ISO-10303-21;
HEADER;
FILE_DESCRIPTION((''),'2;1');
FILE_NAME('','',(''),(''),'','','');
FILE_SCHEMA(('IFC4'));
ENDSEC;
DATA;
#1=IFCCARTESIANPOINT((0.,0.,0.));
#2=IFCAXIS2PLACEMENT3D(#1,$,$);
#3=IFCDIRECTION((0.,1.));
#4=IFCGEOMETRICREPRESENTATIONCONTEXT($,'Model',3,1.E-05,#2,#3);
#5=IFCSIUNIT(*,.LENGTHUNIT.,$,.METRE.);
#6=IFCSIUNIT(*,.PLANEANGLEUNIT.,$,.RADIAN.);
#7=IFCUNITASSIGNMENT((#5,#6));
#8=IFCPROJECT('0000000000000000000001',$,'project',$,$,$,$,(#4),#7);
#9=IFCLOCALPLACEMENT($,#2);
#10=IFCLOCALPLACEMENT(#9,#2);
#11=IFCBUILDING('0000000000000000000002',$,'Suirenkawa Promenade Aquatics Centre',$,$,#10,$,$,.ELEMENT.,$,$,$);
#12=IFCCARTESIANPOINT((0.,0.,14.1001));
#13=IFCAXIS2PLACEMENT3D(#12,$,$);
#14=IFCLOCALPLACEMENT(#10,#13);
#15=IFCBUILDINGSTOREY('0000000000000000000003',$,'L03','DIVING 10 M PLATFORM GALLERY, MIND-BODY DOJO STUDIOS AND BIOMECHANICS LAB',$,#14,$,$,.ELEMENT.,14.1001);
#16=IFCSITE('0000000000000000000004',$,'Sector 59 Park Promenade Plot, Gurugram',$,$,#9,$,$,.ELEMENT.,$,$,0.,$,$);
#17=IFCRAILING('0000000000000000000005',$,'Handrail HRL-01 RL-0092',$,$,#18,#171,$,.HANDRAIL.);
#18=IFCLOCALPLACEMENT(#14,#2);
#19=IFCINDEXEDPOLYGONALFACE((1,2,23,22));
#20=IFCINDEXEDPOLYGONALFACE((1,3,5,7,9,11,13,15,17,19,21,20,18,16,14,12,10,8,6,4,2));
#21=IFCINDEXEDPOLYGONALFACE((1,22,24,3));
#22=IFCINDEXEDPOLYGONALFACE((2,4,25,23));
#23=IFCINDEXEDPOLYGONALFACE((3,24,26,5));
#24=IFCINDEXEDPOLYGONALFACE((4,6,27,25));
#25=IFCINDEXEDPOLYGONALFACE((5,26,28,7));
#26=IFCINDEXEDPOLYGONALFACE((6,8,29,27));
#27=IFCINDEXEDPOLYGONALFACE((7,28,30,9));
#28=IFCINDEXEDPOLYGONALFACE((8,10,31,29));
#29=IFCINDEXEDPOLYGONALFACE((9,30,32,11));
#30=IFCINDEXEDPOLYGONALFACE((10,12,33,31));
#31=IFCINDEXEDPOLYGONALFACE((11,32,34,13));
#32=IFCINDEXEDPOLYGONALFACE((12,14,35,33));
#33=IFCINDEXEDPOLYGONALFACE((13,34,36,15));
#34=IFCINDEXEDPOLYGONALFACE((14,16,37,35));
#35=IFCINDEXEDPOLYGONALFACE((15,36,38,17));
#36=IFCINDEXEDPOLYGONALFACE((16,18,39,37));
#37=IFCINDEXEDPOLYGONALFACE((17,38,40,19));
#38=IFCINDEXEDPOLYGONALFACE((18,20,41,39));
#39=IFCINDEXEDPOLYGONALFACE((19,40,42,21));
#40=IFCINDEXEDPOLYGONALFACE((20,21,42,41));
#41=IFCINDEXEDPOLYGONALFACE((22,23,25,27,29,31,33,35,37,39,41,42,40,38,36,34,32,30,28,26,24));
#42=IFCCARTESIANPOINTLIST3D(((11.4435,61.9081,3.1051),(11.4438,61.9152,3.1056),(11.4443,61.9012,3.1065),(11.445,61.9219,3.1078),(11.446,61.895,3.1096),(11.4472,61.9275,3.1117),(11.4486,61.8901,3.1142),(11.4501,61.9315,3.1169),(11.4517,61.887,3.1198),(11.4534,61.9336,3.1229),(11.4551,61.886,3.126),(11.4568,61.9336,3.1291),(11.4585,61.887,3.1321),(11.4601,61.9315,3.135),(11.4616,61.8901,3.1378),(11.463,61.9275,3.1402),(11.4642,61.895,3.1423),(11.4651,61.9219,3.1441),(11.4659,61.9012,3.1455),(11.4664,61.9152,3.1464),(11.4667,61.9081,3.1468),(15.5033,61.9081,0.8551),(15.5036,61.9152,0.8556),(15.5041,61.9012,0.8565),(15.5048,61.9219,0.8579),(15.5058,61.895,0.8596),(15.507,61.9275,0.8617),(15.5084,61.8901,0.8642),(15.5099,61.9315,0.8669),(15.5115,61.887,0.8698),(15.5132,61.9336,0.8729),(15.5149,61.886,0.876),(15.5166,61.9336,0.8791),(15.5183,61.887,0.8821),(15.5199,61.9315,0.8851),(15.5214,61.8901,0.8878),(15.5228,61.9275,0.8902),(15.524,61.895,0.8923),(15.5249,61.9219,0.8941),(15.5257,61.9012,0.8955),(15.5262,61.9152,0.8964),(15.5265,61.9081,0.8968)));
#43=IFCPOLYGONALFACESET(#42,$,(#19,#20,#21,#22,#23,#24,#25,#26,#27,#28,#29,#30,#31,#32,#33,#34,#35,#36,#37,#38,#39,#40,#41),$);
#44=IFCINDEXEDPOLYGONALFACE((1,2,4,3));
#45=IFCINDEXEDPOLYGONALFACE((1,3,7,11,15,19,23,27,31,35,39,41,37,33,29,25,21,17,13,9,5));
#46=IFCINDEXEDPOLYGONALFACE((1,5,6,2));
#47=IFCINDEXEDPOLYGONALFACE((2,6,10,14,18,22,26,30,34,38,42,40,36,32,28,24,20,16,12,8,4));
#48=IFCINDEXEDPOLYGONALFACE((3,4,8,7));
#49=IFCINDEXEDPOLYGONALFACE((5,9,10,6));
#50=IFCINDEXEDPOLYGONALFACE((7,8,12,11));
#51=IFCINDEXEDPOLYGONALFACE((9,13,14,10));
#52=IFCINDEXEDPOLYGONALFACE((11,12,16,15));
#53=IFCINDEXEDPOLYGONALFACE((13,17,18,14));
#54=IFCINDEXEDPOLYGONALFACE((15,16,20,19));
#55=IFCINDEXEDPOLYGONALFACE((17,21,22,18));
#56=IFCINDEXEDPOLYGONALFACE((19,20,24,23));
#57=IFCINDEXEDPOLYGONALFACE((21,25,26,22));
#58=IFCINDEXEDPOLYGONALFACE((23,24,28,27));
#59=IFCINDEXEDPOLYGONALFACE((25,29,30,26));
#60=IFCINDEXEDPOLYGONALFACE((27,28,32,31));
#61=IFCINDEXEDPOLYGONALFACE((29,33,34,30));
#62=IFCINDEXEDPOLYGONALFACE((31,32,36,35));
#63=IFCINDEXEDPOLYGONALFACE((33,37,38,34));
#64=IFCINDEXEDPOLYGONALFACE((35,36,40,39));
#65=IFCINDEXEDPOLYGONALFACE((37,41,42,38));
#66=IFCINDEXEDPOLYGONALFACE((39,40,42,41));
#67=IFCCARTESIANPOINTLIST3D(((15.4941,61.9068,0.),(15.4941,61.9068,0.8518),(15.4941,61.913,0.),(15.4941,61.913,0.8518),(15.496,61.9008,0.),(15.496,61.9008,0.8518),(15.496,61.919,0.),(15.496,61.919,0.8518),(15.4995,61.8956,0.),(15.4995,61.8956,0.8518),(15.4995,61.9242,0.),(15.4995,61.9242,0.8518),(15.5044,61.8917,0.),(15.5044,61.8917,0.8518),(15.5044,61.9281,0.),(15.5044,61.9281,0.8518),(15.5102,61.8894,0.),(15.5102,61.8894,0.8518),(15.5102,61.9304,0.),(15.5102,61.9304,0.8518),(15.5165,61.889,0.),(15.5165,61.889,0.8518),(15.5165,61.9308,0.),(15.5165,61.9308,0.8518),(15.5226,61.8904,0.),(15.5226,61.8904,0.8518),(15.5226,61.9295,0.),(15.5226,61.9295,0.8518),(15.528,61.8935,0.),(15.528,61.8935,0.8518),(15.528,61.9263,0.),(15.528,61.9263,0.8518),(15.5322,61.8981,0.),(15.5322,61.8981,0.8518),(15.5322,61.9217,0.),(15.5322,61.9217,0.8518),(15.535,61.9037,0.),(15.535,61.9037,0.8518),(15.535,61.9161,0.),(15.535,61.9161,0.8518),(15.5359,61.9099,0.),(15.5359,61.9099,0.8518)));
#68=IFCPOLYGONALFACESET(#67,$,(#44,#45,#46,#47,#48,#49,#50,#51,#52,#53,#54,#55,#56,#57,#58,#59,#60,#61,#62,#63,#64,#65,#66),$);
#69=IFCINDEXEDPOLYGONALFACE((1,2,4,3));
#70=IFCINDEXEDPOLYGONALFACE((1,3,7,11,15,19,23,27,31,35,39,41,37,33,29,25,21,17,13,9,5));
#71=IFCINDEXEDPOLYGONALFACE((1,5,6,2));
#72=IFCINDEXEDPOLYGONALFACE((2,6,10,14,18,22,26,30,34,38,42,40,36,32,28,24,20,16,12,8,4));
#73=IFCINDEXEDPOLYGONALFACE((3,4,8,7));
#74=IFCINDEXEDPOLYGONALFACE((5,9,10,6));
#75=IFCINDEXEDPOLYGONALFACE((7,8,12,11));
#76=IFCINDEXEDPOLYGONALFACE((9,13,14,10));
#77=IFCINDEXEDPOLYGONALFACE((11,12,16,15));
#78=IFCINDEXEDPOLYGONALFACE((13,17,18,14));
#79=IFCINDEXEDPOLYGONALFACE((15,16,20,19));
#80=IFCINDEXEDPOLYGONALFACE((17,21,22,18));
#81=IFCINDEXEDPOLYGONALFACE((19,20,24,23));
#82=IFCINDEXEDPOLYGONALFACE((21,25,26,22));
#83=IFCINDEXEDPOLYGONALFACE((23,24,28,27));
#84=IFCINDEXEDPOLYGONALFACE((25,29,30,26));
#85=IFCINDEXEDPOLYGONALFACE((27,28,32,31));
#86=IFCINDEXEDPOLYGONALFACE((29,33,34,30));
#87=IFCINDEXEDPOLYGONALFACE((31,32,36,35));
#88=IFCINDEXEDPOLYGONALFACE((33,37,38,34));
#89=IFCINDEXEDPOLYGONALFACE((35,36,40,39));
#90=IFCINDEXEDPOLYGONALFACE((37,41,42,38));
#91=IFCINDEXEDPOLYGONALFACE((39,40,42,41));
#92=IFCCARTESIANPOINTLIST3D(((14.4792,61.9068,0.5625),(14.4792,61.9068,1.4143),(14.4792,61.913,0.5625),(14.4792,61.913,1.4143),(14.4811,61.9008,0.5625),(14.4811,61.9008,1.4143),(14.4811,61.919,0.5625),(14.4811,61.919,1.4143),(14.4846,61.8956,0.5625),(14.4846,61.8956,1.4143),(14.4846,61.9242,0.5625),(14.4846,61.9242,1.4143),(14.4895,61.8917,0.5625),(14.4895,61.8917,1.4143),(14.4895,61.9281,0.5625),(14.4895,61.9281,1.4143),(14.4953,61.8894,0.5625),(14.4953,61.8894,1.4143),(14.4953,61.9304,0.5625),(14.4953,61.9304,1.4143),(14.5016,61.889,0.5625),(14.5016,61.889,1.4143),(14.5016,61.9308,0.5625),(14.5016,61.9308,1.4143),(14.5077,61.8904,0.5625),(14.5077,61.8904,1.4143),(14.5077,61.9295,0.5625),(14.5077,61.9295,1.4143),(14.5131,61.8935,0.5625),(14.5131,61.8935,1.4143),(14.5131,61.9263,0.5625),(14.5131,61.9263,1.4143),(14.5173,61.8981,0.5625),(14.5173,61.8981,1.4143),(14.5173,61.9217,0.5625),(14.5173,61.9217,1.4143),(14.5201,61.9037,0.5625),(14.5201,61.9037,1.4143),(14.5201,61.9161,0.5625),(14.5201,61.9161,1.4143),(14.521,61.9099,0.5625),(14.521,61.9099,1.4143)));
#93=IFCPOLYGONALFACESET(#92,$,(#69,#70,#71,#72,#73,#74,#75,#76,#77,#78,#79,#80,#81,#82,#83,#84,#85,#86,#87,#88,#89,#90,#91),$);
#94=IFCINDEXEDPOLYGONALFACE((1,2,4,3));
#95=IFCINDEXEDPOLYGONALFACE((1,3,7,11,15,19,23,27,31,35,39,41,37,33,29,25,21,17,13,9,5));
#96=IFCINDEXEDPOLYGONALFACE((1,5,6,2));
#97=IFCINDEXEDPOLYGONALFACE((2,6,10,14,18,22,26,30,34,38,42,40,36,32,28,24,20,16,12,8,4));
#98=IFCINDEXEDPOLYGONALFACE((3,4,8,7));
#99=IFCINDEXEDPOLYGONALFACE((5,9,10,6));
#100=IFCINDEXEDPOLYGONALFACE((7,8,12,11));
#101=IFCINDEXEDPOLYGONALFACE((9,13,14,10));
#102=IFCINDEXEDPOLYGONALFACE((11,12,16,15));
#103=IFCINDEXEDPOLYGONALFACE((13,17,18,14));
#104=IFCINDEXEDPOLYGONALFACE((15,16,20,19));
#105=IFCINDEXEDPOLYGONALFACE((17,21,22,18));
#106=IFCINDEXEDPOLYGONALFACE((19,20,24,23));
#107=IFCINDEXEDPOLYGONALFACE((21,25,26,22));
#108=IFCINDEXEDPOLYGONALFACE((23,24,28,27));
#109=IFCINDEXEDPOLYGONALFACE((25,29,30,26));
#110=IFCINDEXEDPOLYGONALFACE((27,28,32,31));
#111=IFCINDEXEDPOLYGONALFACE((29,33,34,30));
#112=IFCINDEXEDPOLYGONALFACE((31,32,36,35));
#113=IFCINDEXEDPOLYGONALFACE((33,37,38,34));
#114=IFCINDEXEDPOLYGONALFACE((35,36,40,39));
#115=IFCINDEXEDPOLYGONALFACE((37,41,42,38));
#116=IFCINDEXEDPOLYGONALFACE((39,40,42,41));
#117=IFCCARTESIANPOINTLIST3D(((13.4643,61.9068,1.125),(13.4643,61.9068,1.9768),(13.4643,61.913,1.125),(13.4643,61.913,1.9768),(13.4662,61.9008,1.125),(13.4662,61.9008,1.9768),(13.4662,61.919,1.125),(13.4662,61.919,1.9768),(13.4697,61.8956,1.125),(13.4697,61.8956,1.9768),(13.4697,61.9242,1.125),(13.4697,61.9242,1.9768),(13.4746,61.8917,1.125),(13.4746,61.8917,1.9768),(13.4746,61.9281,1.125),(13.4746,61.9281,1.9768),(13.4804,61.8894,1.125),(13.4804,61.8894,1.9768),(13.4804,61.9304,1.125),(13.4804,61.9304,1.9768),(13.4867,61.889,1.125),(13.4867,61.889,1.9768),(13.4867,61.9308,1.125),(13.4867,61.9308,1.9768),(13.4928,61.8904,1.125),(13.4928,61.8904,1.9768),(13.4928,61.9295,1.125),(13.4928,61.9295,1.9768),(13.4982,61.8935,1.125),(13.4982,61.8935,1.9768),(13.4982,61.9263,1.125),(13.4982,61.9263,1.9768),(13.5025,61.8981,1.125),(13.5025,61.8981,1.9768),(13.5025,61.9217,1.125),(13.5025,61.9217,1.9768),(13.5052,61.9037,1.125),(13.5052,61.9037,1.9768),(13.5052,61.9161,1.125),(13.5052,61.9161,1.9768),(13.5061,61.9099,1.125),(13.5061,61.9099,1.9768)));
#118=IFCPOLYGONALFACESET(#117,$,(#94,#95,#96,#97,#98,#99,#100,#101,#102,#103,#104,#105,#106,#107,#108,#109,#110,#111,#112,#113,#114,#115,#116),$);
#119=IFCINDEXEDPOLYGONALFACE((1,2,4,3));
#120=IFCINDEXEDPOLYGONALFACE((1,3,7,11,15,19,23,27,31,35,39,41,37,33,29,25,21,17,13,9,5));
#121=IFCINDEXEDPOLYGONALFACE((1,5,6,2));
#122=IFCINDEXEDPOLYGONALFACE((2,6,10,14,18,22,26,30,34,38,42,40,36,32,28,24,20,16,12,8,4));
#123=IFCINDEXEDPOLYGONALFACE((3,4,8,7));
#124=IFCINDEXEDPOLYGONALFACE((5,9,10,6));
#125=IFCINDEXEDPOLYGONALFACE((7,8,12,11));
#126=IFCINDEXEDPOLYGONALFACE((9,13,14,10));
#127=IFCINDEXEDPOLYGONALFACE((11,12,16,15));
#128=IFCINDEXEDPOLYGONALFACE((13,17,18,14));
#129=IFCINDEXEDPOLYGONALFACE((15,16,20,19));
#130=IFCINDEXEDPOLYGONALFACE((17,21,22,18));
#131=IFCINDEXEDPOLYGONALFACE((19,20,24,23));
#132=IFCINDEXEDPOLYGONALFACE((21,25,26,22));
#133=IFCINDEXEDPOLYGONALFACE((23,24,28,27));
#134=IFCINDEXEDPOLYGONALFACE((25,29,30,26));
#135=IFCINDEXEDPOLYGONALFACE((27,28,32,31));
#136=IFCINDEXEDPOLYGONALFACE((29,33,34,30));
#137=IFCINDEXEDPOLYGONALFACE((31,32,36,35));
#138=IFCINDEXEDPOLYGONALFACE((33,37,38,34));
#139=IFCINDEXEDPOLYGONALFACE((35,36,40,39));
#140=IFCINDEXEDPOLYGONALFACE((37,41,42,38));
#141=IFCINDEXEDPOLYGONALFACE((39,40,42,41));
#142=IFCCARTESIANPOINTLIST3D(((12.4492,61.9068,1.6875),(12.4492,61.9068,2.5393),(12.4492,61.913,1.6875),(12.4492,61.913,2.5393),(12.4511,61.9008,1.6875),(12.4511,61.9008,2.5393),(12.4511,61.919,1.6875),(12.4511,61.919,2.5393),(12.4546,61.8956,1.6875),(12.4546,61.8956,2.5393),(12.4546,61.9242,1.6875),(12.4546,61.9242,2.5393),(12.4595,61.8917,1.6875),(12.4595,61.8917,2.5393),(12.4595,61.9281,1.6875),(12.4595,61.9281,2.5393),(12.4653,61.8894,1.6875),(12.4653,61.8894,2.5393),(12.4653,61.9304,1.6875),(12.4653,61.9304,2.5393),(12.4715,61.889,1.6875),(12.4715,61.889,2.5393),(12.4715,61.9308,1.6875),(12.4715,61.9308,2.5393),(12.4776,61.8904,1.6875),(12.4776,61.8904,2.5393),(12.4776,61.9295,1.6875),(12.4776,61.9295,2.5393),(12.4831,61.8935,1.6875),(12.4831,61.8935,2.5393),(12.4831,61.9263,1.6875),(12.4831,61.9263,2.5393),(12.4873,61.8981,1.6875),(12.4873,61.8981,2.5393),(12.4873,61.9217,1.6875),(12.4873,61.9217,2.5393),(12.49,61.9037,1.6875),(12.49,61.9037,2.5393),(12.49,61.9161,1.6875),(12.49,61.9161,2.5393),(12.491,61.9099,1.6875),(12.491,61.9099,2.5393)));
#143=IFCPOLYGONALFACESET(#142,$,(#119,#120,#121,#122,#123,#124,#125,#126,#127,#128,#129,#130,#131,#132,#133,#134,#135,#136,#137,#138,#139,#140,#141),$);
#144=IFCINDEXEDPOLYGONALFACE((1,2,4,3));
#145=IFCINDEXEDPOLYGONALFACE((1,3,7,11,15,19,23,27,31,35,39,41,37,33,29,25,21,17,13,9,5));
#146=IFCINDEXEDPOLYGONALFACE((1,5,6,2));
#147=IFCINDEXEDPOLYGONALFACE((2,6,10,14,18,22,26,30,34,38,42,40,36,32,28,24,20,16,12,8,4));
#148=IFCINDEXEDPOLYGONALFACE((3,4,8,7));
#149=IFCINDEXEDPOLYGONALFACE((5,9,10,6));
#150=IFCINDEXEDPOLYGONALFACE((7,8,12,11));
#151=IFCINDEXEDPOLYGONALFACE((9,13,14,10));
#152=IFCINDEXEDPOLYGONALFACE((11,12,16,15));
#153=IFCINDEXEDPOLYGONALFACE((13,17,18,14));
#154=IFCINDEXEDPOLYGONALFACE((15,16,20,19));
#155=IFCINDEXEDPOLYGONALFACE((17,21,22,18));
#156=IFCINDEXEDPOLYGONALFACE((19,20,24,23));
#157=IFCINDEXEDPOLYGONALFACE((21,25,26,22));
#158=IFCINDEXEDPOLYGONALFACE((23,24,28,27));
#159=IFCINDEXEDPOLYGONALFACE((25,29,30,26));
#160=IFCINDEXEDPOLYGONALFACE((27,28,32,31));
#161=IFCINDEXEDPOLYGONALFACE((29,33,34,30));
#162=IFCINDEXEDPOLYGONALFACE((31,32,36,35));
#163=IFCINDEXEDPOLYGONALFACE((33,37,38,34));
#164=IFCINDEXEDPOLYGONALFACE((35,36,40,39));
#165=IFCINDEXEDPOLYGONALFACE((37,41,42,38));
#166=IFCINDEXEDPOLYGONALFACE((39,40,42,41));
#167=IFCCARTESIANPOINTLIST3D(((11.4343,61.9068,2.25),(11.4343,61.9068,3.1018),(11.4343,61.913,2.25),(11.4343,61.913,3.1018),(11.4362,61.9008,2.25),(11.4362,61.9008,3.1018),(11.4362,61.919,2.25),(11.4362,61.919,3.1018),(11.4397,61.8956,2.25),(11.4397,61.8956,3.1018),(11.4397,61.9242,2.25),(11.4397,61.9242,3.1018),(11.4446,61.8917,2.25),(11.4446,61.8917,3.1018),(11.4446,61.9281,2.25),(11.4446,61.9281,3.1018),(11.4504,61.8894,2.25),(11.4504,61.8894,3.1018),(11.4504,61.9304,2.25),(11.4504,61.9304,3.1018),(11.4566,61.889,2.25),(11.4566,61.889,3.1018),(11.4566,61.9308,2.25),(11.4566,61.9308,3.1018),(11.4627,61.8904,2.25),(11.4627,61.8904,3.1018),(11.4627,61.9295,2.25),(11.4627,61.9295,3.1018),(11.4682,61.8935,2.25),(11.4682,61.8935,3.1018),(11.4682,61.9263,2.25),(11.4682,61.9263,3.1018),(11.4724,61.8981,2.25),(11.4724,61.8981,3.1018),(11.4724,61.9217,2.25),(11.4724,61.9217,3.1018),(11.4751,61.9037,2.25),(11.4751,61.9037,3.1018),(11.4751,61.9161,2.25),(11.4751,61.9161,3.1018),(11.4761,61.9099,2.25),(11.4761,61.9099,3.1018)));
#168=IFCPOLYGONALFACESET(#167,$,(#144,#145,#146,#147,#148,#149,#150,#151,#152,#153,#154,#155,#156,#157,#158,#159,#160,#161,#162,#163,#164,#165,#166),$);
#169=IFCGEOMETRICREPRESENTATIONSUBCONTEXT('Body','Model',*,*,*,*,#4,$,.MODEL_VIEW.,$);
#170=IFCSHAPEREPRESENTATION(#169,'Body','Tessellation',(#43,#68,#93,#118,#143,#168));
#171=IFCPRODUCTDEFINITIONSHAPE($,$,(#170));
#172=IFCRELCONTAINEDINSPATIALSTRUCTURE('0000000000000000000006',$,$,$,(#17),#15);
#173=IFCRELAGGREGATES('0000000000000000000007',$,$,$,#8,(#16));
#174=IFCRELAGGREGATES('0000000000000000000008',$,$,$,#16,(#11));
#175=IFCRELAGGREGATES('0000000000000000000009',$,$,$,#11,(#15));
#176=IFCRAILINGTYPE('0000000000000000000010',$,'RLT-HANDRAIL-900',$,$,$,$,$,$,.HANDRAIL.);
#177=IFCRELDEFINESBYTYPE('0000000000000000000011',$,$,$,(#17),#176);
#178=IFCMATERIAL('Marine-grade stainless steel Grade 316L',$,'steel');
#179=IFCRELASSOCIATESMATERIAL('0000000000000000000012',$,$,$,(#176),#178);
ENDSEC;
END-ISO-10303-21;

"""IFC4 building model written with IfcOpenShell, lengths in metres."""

from ifc_helpers import new_model, si_unit, direction, frame, origin, origin_2d, place, context, subcontext, project, spatial, circle, extrude, material, type_object, element, save


model = new_model("IFC4")

# Units and contexts
model_context = context("Model", 3, precision=1e-05, world=origin(), true_north=direction((0.0, 1.0)))
body_context = subcontext(model_context, "Body", "Model", "MODEL_VIEW")
ifc_project = project(units=[si_unit("LENGTHUNIT", "METRE"), si_unit("PLANEANGLEUNIT", "RADIAN")], contexts=[model_context])

# Site, building, storey
site_placement = place(None, origin())
site = spatial("IfcSite", under=ifc_project, at=site_placement, Name="Sector 59 Park Promenade Plot, Gurugram", CompositionType="ELEMENT", RefElevation=0.0)
building_placement = place(site_placement, origin())
building = spatial("IfcBuilding", under=site, at=building_placement, Name="Suirenkawa Promenade Aquatics Centre", CompositionType="ELEMENT")
storey_placement = place(building_placement, frame((0.0, 0.0, 14.1001)))
storey = spatial("IfcBuildingStorey", under=building, at=storey_placement, Name="L03", Description="DIVING 10 M PLATFORM GALLERY, MIND-BODY DOJO STUDIOS AND BIOMECHANICS LAB", CompositionType="ELEMENT", Elevation=14.1001)

# Shared definitions
ifc_material_1 = material(Name="Marine-grade stainless steel Grade 316L", Category="steel")

# Railing
railing_type_1 = type_object("IfcRailingType", Name="RLT-HANDRAIL-900", PredefinedType="HANDRAIL", material=ifc_material_1)
for number, where, name in (
    (1, (15.5149, 61.9099, 0.0), "Handrail HRL-01 RL-0092"),
):
    element("IfcRailing", number, at=place(storey_placement, frame(where)), inside=storey, type_object=railing_type_1, Name=name, PredefinedType="HANDRAIL", context=body_context, shape_type="SweptSolid", body=[
        extrude(circle(Radius=0.0239, at=origin_2d()), frame((0.0, 0.0, 0.876), z_axis=(-0.874656, 0.0, 0.484745), x_axis=(0.0, -1.0, 0.0)), (0.0, 0.0, 1.0), 4.6416),
        extrude(circle(Radius=0.021, at=origin_2d()), origin(), (0.0, 0.0, 1.0), 0.8518),
        extrude(circle(Radius=0.021, at=origin_2d()), frame((-1.0149, 0.0, 0.5625)), (0.0, 0.0, 1.0), 0.8518),
        extrude(circle(Radius=0.021, at=origin_2d()), frame((-2.0298, 0.0, 1.125)), (0.0, 0.0, 1.0), 0.8518),
        extrude(circle(Radius=0.021, at=origin_2d()), frame((-3.0449, 0.0, 1.6875)), (0.0, 0.0, 1.0), 0.8518),
        extrude(circle(Radius=0.021, at=origin_2d()), frame((-4.0598, 0.0, 2.25)), (0.0, 0.0, 1.0), 0.8518),
    ])

save(model, "model.ifc")
